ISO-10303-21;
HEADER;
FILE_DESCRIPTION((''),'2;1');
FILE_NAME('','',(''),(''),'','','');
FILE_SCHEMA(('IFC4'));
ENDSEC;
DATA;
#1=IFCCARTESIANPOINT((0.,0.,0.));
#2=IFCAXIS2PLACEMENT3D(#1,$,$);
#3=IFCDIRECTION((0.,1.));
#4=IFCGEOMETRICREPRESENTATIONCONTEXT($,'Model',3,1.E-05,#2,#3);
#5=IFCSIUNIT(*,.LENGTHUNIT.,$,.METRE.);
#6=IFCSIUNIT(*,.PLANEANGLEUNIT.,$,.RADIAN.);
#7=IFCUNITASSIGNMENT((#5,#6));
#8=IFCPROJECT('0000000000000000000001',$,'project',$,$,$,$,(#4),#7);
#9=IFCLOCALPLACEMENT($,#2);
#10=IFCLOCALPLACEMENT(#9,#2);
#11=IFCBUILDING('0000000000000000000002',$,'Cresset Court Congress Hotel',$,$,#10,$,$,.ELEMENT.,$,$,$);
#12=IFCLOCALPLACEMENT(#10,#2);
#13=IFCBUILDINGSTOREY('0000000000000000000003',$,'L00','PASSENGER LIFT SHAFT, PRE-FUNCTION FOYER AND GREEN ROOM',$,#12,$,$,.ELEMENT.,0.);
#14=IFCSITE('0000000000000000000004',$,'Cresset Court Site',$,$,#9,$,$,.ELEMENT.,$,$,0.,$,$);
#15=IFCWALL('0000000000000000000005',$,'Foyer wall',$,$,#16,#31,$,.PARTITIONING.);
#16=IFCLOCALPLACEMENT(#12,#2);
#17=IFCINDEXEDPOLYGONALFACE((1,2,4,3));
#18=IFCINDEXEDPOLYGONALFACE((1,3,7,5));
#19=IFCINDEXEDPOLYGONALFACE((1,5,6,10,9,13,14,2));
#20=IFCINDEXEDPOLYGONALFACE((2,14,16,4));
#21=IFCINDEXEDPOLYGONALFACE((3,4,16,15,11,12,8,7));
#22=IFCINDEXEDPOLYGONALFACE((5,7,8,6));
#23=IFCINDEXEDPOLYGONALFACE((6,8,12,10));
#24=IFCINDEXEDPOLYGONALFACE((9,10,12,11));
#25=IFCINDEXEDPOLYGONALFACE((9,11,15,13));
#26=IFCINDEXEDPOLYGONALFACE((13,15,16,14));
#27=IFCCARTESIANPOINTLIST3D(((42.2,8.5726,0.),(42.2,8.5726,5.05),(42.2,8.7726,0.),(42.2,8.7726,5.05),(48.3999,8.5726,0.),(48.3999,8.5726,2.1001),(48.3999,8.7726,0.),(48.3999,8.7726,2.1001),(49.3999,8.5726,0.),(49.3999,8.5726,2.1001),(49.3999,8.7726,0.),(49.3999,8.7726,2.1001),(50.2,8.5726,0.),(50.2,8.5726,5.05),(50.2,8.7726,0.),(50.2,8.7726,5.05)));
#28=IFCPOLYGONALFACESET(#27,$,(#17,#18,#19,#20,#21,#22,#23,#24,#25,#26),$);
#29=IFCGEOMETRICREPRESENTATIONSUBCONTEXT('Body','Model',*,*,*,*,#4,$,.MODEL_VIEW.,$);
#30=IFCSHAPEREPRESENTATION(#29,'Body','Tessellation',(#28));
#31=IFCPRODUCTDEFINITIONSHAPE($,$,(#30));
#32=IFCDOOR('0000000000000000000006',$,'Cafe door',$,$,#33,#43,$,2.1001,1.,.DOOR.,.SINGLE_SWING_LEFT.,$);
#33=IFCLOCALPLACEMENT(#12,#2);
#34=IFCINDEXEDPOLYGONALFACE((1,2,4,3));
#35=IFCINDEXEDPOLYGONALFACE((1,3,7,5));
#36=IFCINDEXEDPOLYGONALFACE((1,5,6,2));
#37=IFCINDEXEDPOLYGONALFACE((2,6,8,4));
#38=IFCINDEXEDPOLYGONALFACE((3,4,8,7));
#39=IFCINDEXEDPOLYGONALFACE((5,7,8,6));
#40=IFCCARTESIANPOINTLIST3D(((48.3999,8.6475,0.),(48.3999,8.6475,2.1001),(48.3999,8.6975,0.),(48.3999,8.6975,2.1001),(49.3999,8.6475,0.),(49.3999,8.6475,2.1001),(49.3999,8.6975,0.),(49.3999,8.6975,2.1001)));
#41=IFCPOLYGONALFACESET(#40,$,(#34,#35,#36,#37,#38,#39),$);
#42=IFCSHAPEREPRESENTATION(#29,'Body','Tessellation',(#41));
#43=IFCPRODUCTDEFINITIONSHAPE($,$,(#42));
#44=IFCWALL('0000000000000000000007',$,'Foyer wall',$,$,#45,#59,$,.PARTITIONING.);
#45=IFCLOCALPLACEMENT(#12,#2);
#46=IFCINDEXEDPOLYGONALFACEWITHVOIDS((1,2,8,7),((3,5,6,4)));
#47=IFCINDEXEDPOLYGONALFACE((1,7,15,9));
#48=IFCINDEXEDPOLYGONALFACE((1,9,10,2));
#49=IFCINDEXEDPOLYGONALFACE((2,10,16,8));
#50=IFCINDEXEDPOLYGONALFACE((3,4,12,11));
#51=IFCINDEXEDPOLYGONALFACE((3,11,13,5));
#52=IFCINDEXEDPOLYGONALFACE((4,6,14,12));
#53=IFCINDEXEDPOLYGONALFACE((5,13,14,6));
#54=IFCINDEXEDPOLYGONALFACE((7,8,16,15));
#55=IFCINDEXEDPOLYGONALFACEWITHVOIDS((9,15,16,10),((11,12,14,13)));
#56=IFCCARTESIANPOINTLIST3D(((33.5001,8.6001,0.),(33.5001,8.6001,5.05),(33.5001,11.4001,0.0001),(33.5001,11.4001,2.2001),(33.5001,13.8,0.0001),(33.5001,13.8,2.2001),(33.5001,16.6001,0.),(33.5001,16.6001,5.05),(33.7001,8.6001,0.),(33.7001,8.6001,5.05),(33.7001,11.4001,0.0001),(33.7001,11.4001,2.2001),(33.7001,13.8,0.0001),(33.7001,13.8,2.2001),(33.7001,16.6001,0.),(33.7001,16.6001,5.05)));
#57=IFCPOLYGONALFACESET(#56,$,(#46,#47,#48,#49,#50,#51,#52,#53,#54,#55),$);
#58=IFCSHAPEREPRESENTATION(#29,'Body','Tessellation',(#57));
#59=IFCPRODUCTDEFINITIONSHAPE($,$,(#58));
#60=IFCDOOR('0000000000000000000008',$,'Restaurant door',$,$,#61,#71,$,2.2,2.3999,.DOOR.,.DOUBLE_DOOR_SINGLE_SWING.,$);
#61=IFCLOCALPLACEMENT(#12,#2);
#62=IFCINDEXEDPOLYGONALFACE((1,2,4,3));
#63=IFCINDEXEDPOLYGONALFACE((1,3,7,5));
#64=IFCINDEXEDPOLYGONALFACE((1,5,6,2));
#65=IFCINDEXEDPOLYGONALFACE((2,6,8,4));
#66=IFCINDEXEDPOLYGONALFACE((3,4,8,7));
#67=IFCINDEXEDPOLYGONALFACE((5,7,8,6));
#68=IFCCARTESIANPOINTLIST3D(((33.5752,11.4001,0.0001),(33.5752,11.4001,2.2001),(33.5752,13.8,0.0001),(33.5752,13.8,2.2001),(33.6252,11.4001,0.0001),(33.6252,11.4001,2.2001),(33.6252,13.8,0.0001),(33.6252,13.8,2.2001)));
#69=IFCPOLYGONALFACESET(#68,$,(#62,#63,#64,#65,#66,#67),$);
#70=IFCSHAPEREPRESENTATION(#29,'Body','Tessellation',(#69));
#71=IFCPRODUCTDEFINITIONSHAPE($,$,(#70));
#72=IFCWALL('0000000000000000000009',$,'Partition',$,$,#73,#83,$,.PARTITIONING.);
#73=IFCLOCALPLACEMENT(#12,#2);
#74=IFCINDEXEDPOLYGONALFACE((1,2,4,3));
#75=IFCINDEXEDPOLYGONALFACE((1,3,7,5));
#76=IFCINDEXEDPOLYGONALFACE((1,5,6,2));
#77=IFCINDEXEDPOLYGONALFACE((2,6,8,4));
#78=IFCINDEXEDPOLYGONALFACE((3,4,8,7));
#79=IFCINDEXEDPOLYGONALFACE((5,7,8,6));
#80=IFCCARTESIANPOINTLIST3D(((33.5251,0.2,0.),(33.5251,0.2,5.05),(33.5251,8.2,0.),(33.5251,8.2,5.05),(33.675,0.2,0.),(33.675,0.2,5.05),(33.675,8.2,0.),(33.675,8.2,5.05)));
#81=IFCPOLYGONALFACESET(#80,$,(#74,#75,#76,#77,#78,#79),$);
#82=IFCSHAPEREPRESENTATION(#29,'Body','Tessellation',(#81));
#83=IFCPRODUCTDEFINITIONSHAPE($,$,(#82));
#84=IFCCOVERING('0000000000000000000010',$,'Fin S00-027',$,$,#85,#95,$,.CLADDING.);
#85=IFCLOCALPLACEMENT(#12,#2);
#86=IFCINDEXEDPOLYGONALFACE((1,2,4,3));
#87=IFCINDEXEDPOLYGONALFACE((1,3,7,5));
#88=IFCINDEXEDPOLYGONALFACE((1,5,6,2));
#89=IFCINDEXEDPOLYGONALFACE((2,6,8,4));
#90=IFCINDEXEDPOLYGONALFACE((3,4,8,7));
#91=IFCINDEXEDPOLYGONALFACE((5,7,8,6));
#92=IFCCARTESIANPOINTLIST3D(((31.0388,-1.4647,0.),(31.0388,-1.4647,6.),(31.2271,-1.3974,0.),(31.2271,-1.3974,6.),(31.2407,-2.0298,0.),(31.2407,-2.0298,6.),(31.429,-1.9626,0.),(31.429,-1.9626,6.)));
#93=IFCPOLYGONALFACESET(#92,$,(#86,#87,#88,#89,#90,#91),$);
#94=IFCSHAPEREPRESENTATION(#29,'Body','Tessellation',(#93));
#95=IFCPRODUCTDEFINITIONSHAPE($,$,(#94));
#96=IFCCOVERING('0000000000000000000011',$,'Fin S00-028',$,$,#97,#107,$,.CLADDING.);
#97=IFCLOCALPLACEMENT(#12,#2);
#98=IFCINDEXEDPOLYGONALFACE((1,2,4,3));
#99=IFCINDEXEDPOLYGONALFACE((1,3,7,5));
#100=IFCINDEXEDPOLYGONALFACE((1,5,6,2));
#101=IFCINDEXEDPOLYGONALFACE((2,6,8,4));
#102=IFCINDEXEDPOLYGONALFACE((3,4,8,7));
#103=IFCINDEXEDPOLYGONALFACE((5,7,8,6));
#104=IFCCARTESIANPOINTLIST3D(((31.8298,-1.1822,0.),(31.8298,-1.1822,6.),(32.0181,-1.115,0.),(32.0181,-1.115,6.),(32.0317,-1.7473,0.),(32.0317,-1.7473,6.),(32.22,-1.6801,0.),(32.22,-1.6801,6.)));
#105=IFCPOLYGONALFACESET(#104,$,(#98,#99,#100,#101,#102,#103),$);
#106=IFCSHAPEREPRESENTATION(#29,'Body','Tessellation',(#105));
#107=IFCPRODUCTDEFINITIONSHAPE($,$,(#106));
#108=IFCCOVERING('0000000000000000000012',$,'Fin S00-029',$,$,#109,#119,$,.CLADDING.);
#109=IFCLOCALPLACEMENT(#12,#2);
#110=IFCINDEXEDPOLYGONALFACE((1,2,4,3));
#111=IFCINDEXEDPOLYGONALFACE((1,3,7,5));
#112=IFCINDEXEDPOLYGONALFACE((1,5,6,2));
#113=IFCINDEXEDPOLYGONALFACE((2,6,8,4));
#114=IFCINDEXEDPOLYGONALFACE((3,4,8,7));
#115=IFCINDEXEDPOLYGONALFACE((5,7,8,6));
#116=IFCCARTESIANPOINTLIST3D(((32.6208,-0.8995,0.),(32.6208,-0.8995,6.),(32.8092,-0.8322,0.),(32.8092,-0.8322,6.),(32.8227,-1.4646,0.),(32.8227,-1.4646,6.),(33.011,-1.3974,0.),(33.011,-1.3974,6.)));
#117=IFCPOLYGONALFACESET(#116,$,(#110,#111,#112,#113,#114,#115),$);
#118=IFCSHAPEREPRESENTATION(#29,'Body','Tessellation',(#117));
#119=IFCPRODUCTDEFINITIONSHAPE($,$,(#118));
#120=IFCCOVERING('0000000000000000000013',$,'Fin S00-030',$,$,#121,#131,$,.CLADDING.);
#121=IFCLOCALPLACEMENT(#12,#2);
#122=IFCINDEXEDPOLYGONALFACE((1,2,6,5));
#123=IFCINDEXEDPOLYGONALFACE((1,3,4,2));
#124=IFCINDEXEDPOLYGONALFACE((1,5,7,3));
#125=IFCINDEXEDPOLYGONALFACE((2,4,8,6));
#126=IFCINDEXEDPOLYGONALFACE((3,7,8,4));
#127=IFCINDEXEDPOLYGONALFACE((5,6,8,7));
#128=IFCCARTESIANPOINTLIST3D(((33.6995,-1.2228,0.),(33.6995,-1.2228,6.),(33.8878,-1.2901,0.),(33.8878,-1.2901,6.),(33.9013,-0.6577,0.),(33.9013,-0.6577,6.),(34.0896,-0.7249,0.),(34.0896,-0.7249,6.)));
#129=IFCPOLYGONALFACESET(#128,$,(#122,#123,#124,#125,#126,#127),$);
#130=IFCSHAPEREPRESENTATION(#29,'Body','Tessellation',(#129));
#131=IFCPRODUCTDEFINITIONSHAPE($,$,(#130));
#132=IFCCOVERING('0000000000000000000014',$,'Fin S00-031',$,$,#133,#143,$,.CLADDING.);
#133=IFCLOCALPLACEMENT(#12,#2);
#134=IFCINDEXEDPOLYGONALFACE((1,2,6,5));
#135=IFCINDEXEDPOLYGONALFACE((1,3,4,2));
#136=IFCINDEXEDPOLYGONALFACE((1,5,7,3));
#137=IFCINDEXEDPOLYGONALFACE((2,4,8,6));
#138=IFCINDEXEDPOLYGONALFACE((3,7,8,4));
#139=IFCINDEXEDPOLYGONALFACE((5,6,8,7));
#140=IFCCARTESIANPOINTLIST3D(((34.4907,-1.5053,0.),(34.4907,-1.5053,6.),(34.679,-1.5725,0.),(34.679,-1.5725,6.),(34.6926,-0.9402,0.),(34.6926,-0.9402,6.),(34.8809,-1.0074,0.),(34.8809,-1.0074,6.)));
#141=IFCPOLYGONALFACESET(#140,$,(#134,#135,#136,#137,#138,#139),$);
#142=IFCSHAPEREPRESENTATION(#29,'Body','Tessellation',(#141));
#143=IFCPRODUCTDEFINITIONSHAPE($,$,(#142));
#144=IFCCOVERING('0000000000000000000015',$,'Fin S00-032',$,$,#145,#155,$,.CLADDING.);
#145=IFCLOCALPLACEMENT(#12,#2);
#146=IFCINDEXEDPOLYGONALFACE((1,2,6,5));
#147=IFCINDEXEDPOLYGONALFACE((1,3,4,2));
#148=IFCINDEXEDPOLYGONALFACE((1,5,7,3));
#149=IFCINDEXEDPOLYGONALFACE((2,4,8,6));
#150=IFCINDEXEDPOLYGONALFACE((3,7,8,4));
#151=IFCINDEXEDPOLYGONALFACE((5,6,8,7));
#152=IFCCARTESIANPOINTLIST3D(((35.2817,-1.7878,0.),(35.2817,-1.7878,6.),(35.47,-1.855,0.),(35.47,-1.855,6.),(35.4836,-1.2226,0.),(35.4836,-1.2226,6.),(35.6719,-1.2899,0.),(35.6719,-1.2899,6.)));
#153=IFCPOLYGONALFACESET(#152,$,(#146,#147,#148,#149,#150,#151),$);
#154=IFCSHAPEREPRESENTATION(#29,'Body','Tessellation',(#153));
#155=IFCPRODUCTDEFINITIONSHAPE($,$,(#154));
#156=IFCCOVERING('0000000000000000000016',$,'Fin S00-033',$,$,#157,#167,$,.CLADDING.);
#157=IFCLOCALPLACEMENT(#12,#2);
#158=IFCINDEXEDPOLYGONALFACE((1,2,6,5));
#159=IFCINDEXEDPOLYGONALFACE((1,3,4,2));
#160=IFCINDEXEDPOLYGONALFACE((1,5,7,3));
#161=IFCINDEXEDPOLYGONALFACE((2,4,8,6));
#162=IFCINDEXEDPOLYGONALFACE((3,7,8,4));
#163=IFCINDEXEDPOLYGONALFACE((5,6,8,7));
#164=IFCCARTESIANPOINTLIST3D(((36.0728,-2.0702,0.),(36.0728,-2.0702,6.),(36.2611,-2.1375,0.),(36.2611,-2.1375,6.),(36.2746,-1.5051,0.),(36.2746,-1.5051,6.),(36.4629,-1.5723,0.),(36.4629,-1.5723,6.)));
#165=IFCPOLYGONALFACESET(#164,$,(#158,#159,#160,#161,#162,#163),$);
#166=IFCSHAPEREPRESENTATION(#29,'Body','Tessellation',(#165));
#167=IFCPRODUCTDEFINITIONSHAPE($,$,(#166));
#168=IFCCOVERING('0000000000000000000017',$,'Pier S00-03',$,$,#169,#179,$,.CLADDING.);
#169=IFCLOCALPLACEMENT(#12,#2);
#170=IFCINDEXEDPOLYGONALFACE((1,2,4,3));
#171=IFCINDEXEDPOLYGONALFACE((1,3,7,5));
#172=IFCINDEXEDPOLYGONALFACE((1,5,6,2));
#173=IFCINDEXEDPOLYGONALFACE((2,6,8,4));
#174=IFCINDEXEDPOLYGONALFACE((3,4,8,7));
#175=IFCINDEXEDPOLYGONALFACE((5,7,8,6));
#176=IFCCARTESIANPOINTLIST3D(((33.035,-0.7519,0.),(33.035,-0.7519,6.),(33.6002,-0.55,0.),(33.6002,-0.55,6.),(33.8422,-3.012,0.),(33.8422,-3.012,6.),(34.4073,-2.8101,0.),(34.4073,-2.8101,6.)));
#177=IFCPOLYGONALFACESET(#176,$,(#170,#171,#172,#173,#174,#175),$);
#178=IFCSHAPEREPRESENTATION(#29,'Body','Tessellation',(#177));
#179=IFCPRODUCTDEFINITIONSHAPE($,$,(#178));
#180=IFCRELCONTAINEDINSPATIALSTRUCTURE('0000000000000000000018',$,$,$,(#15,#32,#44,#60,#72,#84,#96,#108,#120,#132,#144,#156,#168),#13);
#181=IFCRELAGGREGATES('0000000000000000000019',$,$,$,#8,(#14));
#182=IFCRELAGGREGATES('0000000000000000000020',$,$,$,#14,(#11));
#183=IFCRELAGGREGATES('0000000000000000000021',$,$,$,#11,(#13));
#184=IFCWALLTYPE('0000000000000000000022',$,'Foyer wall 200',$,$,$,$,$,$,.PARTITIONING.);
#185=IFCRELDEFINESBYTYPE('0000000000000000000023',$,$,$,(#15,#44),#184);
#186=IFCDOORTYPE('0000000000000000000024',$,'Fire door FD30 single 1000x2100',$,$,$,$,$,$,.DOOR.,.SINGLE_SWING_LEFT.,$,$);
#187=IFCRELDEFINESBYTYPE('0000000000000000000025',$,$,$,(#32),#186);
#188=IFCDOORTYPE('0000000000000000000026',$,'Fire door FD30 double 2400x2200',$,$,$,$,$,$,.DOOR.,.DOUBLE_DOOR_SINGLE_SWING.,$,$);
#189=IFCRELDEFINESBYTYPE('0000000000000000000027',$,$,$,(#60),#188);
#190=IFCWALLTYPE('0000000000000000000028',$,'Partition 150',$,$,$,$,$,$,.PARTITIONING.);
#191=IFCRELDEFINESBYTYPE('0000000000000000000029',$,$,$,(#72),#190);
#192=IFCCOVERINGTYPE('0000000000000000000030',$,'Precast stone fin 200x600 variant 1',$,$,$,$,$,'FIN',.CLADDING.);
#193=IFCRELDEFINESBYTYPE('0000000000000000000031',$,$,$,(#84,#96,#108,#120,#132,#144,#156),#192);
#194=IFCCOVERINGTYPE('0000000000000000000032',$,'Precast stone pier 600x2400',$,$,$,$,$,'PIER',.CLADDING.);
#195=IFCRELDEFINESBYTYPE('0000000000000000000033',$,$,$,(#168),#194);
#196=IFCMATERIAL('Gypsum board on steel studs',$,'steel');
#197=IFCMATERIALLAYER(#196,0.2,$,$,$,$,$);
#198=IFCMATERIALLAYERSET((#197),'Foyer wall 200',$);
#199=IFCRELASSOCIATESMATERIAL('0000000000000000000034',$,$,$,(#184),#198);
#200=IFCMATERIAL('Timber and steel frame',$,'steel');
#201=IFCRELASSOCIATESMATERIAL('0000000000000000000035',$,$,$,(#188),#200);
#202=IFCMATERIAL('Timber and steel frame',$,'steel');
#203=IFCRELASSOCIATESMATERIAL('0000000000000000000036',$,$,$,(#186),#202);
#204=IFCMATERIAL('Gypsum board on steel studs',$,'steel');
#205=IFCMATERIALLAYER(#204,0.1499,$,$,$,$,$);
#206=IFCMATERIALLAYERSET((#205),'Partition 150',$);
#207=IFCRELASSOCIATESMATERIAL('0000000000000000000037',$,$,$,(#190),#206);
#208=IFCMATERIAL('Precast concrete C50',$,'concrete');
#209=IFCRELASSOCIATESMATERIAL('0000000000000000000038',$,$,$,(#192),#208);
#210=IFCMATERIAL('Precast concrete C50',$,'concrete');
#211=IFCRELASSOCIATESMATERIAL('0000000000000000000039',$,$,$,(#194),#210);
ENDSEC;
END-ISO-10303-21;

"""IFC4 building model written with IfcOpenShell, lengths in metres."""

from ifc_helpers import new_model, si_unit, direction, frame, frame_2d, origin, origin_2d, place, context, subcontext, project, spatial, rectangle, extrude, material, layer, layer_set, type_object, element, fill, save


model = new_model("IFC4")

# Units and contexts
model_context = context("Model", 3, precision=1e-05, world=origin(), true_north=direction((0.0, 1.0)))
body_context = subcontext(model_context, "Body", "Model", "MODEL_VIEW")
ifc_project = project(units=[si_unit("LENGTHUNIT", "METRE"), si_unit("PLANEANGLEUNIT", "RADIAN")], contexts=[model_context])

# Site, building, storey
site_placement = place(None, origin())
site = spatial("IfcSite", under=ifc_project, at=site_placement, Name="Cresset Court Site", CompositionType="ELEMENT", RefElevation=0.0)
building_placement = place(site_placement, origin())
building = spatial("IfcBuilding", under=site, at=building_placement, Name="Cresset Court Congress Hotel", CompositionType="ELEMENT")
storey_placement = place(building_placement, origin())
storey = spatial("IfcBuildingStorey", under=building, at=storey_placement, Name="L00", Description="PASSENGER LIFT SHAFT, PRE-FUNCTION FOYER AND GREEN ROOM", CompositionType="ELEMENT", Elevation=0.0)

# Walls, openings, doors
ifc_material_1 = material(Name="Gypsum board on steel studs", Category="steel")
ifc_layer_1 = layer(ifc_material_1, 0.2)
ifc_layer_set_1 = layer_set([ifc_layer_1], Name="Foyer wall 200")
wall_type_1 = type_object("IfcWallType", Name="Foyer wall 200", PredefinedType="PARTITIONING", material=ifc_layer_set_1)
ifc_material_2 = material(Name="Timber and steel frame", Category="steel")
door_type_1 = type_object("IfcDoorType", Name="Fire door FD30 double 2400x2200", OperationType="DOUBLE_DOOR_SINGLE_SWING", PredefinedType="DOOR", material=ifc_material_2)
wall_1_placement = place(storey_placement, frame((42.2, 8.6726, 0.0), z_axis=(0.0, 0.0, 1.0), x_axis=(1.0, 0.0, 0.0)))
wall_1 = element("IfcWall", 1, at=wall_1_placement, inside=storey, type_object=wall_type_1, Name="Foyer wall", PredefinedType="PARTITIONING", context=body_context, shape_type="SweptSolid", body=[
    extrude(rectangle(XDim=8.0, YDim=0.2, at=frame_2d((4.0, 0.0))), origin(), (0.0, 0.0, 1.0), 5.05),
])
opening_1_placement = place(wall_1_placement, frame((6.2, 0.0, 0.0)))
opening_1 = element("IfcOpeningElement", 2, at=opening_1_placement, cuts=wall_1, PredefinedType="OPENING", context=body_context, shape_type="SweptSolid", body=[
    extrude(rectangle(XDim=1.0, YDim=2.1001, at=frame_2d((0.5, 1.05))), frame((0.0, 0.1099, 0.0), z_axis=(0.0, -1.0, 0.0), x_axis=(1.0, 0.0, 0.0)), (0.0, 0.0, 1.0), 0.22),
])
ifc_material_3 = material(Name="Timber and steel frame", Category="steel")
door_type_2 = type_object("IfcDoorType", Name="Fire door FD30 single 1000x2100", OperationType="SINGLE_SWING_LEFT", PredefinedType="DOOR", material=ifc_material_3)
door_1_placement = place(opening_1_placement, origin())
door_1 = element("IfcDoor", 3, at=door_1_placement, inside=storey, type_object=door_type_2, Name="Cafe door", OperationType="SINGLE_SWING_LEFT", OverallHeight=2.1001, OverallWidth=1.0, PredefinedType="DOOR", context=body_context, shape_type="SweptSolid", body=[
    extrude(rectangle(XDim=1.0, YDim=2.1001, at=frame_2d((0.5, 1.05))), frame((0.0, 0.0249, 0.0), z_axis=(0.0, -1.0, 0.0), x_axis=(1.0, 0.0, 0.0)), (0.0, 0.0, 1.0), 0.05),
])
fill(opening_1, door_1)
wall_2_placement = place(storey_placement, frame((33.6001, 8.6001, 0.0), z_axis=(0.0, 0.0, 1.0), x_axis=(0.0, 1.0, 0.0)))
wall_2 = element("IfcWall", 4, at=wall_2_placement, inside=storey, type_object=wall_type_1, Name="Foyer wall", PredefinedType="PARTITIONING", context=body_context, shape_type="SweptSolid", body=[
    extrude(rectangle(XDim=8.0, YDim=0.2, at=frame_2d((4.0, 0.0))), origin(), (0.0, 0.0, 1.0), 5.05),
])
opening_2_placement = place(wall_2_placement, frame((2.8, 0.0, 0.0)))
opening_2 = element("IfcOpeningElement", 5, at=opening_2_placement, cuts=wall_2, PredefinedType="OPENING", context=body_context, shape_type="SweptSolid", body=[
    extrude(rectangle(XDim=2.3999, YDim=2.2, at=frame_2d((1.2, 1.1001))), frame((0.0, 0.1099, 0.0), z_axis=(0.0, -1.0, 0.0), x_axis=(1.0, 0.0, 0.0)), (0.0, 0.0, 1.0), 0.22),
])
door_2_placement = place(opening_2_placement, origin())
door_2 = element("IfcDoor", 6, at=door_2_placement, inside=storey, type_object=door_type_1, Name="Restaurant door", OperationType="DOUBLE_DOOR_SINGLE_SWING", OverallHeight=2.2, OverallWidth=2.3999, PredefinedType="DOOR", context=body_context, shape_type="SweptSolid", body=[
    extrude(rectangle(XDim=2.3999, YDim=2.2, at=frame_2d((1.2, 1.1001))), frame((0.0, 0.0249, 0.0), z_axis=(0.0, -1.0, 0.0), x_axis=(1.0, 0.0, 0.0)), (0.0, 0.0, 1.0), 0.05),
])
fill(opening_2, door_2)

# Wall
ifc_material_4 = material(Name="Gypsum board on steel studs", Category="steel")
ifc_layer_2 = layer(ifc_material_4, 0.1499)
ifc_layer_set_2 = layer_set([ifc_layer_2], Name="Partition 150")
wall_type_2 = type_object("IfcWallType", Name="Partition 150", PredefinedType="PARTITIONING", material=ifc_layer_set_2)
wall_3_placement = place(storey_placement, frame((33.6001, 0.2, 0.0), z_axis=(0.0, 0.0, 1.0), x_axis=(0.0, 1.0, 0.0)))
element("IfcWall", 7, at=wall_3_placement, inside=storey, type_object=wall_type_2, Name="Partition", PredefinedType="PARTITIONING", context=body_context, shape_type="SweptSolid", body=[
    extrude(rectangle(XDim=8.0, YDim=0.1499, at=frame_2d((4.0, 0.0))), origin(), (0.0, 0.0, 1.0), 5.05),
])

# Coverings
ifc_material_5 = material(Name="Precast concrete C50", Category="concrete")
covering_type_1 = type_object("IfcCoveringType", Name="Precast stone fin 200x600 variant 1", ElementType="FIN", PredefinedType="CLADDING", material=ifc_material_5)
for number, where, z_axis, x_axis, name in (
    (8, (31.2339, -1.7136, 0.0), (0.0, 0.0, 1.0), (0.941742, 0.336336, 0.0), "Fin S00-027"),
    (9, (32.0249, -1.4312, 0.0), (0.0, 0.0, 1.0), (0.941742, 0.336336, 0.0), "Fin S00-028"),
    (10, (32.8159, -1.1484, 0.0), (0.0, 0.0, 1.0), (0.941742, 0.336336, 0.0), "Fin S00-029"),
    (11, (33.8945, -0.9739, 0.0), (0.0, 0.0, 1.0), (0.941742, -0.336336, 0.0), "Fin S00-030"),
    (12, (34.6858, -1.2563, 0.0), (0.0, 0.0, 1.0), (0.941742, -0.336336, 0.0), "Fin S00-031"),
    (13, (35.4768, -1.5388, 0.0), (0.0, 0.0, 1.0), (0.941742, -0.336336, 0.0), "Fin S00-032"),
    (14, (36.2678, -1.8213, 0.0), (0.0, 0.0, 1.0), (0.941742, -0.336336, 0.0), "Fin S00-033"),
):
    element("IfcCovering", number, at=place(storey_placement, frame(where, z_axis=z_axis, x_axis=x_axis)), inside=storey, type_object=covering_type_1, Name=name, PredefinedType="CLADDING", context=body_context, shape_type="SweptSolid", body=[
        extrude(rectangle(XDim=0.2, YDim=0.6001, at=origin_2d()), origin(), (0.0, 0.0, 1.0), 6.0),
    ])
ifc_material_6 = material(Name="Precast concrete C50", Category="concrete")
covering_type_2 = type_object("IfcCoveringType", Name="Precast stone pier 600x2400", ElementType="PIER", PredefinedType="CLADDING", material=ifc_material_6)
covering_placement = place(storey_placement, frame((33.7212, -1.781, 0.0), z_axis=(0.0, 0.0, 1.0), x_axis=(0.941742, 0.336336, 0.0)))
element("IfcCovering", 15, at=covering_placement, inside=storey, type_object=covering_type_2, Name="Pier S00-03", PredefinedType="CLADDING", context=body_context, shape_type="SweptSolid", body=[
    extrude(rectangle(XDim=0.6001, YDim=2.3999, at=origin_2d()), origin(), (0.0, 0.0, 1.0), 6.0),
])

save(model, "model.ifc")
